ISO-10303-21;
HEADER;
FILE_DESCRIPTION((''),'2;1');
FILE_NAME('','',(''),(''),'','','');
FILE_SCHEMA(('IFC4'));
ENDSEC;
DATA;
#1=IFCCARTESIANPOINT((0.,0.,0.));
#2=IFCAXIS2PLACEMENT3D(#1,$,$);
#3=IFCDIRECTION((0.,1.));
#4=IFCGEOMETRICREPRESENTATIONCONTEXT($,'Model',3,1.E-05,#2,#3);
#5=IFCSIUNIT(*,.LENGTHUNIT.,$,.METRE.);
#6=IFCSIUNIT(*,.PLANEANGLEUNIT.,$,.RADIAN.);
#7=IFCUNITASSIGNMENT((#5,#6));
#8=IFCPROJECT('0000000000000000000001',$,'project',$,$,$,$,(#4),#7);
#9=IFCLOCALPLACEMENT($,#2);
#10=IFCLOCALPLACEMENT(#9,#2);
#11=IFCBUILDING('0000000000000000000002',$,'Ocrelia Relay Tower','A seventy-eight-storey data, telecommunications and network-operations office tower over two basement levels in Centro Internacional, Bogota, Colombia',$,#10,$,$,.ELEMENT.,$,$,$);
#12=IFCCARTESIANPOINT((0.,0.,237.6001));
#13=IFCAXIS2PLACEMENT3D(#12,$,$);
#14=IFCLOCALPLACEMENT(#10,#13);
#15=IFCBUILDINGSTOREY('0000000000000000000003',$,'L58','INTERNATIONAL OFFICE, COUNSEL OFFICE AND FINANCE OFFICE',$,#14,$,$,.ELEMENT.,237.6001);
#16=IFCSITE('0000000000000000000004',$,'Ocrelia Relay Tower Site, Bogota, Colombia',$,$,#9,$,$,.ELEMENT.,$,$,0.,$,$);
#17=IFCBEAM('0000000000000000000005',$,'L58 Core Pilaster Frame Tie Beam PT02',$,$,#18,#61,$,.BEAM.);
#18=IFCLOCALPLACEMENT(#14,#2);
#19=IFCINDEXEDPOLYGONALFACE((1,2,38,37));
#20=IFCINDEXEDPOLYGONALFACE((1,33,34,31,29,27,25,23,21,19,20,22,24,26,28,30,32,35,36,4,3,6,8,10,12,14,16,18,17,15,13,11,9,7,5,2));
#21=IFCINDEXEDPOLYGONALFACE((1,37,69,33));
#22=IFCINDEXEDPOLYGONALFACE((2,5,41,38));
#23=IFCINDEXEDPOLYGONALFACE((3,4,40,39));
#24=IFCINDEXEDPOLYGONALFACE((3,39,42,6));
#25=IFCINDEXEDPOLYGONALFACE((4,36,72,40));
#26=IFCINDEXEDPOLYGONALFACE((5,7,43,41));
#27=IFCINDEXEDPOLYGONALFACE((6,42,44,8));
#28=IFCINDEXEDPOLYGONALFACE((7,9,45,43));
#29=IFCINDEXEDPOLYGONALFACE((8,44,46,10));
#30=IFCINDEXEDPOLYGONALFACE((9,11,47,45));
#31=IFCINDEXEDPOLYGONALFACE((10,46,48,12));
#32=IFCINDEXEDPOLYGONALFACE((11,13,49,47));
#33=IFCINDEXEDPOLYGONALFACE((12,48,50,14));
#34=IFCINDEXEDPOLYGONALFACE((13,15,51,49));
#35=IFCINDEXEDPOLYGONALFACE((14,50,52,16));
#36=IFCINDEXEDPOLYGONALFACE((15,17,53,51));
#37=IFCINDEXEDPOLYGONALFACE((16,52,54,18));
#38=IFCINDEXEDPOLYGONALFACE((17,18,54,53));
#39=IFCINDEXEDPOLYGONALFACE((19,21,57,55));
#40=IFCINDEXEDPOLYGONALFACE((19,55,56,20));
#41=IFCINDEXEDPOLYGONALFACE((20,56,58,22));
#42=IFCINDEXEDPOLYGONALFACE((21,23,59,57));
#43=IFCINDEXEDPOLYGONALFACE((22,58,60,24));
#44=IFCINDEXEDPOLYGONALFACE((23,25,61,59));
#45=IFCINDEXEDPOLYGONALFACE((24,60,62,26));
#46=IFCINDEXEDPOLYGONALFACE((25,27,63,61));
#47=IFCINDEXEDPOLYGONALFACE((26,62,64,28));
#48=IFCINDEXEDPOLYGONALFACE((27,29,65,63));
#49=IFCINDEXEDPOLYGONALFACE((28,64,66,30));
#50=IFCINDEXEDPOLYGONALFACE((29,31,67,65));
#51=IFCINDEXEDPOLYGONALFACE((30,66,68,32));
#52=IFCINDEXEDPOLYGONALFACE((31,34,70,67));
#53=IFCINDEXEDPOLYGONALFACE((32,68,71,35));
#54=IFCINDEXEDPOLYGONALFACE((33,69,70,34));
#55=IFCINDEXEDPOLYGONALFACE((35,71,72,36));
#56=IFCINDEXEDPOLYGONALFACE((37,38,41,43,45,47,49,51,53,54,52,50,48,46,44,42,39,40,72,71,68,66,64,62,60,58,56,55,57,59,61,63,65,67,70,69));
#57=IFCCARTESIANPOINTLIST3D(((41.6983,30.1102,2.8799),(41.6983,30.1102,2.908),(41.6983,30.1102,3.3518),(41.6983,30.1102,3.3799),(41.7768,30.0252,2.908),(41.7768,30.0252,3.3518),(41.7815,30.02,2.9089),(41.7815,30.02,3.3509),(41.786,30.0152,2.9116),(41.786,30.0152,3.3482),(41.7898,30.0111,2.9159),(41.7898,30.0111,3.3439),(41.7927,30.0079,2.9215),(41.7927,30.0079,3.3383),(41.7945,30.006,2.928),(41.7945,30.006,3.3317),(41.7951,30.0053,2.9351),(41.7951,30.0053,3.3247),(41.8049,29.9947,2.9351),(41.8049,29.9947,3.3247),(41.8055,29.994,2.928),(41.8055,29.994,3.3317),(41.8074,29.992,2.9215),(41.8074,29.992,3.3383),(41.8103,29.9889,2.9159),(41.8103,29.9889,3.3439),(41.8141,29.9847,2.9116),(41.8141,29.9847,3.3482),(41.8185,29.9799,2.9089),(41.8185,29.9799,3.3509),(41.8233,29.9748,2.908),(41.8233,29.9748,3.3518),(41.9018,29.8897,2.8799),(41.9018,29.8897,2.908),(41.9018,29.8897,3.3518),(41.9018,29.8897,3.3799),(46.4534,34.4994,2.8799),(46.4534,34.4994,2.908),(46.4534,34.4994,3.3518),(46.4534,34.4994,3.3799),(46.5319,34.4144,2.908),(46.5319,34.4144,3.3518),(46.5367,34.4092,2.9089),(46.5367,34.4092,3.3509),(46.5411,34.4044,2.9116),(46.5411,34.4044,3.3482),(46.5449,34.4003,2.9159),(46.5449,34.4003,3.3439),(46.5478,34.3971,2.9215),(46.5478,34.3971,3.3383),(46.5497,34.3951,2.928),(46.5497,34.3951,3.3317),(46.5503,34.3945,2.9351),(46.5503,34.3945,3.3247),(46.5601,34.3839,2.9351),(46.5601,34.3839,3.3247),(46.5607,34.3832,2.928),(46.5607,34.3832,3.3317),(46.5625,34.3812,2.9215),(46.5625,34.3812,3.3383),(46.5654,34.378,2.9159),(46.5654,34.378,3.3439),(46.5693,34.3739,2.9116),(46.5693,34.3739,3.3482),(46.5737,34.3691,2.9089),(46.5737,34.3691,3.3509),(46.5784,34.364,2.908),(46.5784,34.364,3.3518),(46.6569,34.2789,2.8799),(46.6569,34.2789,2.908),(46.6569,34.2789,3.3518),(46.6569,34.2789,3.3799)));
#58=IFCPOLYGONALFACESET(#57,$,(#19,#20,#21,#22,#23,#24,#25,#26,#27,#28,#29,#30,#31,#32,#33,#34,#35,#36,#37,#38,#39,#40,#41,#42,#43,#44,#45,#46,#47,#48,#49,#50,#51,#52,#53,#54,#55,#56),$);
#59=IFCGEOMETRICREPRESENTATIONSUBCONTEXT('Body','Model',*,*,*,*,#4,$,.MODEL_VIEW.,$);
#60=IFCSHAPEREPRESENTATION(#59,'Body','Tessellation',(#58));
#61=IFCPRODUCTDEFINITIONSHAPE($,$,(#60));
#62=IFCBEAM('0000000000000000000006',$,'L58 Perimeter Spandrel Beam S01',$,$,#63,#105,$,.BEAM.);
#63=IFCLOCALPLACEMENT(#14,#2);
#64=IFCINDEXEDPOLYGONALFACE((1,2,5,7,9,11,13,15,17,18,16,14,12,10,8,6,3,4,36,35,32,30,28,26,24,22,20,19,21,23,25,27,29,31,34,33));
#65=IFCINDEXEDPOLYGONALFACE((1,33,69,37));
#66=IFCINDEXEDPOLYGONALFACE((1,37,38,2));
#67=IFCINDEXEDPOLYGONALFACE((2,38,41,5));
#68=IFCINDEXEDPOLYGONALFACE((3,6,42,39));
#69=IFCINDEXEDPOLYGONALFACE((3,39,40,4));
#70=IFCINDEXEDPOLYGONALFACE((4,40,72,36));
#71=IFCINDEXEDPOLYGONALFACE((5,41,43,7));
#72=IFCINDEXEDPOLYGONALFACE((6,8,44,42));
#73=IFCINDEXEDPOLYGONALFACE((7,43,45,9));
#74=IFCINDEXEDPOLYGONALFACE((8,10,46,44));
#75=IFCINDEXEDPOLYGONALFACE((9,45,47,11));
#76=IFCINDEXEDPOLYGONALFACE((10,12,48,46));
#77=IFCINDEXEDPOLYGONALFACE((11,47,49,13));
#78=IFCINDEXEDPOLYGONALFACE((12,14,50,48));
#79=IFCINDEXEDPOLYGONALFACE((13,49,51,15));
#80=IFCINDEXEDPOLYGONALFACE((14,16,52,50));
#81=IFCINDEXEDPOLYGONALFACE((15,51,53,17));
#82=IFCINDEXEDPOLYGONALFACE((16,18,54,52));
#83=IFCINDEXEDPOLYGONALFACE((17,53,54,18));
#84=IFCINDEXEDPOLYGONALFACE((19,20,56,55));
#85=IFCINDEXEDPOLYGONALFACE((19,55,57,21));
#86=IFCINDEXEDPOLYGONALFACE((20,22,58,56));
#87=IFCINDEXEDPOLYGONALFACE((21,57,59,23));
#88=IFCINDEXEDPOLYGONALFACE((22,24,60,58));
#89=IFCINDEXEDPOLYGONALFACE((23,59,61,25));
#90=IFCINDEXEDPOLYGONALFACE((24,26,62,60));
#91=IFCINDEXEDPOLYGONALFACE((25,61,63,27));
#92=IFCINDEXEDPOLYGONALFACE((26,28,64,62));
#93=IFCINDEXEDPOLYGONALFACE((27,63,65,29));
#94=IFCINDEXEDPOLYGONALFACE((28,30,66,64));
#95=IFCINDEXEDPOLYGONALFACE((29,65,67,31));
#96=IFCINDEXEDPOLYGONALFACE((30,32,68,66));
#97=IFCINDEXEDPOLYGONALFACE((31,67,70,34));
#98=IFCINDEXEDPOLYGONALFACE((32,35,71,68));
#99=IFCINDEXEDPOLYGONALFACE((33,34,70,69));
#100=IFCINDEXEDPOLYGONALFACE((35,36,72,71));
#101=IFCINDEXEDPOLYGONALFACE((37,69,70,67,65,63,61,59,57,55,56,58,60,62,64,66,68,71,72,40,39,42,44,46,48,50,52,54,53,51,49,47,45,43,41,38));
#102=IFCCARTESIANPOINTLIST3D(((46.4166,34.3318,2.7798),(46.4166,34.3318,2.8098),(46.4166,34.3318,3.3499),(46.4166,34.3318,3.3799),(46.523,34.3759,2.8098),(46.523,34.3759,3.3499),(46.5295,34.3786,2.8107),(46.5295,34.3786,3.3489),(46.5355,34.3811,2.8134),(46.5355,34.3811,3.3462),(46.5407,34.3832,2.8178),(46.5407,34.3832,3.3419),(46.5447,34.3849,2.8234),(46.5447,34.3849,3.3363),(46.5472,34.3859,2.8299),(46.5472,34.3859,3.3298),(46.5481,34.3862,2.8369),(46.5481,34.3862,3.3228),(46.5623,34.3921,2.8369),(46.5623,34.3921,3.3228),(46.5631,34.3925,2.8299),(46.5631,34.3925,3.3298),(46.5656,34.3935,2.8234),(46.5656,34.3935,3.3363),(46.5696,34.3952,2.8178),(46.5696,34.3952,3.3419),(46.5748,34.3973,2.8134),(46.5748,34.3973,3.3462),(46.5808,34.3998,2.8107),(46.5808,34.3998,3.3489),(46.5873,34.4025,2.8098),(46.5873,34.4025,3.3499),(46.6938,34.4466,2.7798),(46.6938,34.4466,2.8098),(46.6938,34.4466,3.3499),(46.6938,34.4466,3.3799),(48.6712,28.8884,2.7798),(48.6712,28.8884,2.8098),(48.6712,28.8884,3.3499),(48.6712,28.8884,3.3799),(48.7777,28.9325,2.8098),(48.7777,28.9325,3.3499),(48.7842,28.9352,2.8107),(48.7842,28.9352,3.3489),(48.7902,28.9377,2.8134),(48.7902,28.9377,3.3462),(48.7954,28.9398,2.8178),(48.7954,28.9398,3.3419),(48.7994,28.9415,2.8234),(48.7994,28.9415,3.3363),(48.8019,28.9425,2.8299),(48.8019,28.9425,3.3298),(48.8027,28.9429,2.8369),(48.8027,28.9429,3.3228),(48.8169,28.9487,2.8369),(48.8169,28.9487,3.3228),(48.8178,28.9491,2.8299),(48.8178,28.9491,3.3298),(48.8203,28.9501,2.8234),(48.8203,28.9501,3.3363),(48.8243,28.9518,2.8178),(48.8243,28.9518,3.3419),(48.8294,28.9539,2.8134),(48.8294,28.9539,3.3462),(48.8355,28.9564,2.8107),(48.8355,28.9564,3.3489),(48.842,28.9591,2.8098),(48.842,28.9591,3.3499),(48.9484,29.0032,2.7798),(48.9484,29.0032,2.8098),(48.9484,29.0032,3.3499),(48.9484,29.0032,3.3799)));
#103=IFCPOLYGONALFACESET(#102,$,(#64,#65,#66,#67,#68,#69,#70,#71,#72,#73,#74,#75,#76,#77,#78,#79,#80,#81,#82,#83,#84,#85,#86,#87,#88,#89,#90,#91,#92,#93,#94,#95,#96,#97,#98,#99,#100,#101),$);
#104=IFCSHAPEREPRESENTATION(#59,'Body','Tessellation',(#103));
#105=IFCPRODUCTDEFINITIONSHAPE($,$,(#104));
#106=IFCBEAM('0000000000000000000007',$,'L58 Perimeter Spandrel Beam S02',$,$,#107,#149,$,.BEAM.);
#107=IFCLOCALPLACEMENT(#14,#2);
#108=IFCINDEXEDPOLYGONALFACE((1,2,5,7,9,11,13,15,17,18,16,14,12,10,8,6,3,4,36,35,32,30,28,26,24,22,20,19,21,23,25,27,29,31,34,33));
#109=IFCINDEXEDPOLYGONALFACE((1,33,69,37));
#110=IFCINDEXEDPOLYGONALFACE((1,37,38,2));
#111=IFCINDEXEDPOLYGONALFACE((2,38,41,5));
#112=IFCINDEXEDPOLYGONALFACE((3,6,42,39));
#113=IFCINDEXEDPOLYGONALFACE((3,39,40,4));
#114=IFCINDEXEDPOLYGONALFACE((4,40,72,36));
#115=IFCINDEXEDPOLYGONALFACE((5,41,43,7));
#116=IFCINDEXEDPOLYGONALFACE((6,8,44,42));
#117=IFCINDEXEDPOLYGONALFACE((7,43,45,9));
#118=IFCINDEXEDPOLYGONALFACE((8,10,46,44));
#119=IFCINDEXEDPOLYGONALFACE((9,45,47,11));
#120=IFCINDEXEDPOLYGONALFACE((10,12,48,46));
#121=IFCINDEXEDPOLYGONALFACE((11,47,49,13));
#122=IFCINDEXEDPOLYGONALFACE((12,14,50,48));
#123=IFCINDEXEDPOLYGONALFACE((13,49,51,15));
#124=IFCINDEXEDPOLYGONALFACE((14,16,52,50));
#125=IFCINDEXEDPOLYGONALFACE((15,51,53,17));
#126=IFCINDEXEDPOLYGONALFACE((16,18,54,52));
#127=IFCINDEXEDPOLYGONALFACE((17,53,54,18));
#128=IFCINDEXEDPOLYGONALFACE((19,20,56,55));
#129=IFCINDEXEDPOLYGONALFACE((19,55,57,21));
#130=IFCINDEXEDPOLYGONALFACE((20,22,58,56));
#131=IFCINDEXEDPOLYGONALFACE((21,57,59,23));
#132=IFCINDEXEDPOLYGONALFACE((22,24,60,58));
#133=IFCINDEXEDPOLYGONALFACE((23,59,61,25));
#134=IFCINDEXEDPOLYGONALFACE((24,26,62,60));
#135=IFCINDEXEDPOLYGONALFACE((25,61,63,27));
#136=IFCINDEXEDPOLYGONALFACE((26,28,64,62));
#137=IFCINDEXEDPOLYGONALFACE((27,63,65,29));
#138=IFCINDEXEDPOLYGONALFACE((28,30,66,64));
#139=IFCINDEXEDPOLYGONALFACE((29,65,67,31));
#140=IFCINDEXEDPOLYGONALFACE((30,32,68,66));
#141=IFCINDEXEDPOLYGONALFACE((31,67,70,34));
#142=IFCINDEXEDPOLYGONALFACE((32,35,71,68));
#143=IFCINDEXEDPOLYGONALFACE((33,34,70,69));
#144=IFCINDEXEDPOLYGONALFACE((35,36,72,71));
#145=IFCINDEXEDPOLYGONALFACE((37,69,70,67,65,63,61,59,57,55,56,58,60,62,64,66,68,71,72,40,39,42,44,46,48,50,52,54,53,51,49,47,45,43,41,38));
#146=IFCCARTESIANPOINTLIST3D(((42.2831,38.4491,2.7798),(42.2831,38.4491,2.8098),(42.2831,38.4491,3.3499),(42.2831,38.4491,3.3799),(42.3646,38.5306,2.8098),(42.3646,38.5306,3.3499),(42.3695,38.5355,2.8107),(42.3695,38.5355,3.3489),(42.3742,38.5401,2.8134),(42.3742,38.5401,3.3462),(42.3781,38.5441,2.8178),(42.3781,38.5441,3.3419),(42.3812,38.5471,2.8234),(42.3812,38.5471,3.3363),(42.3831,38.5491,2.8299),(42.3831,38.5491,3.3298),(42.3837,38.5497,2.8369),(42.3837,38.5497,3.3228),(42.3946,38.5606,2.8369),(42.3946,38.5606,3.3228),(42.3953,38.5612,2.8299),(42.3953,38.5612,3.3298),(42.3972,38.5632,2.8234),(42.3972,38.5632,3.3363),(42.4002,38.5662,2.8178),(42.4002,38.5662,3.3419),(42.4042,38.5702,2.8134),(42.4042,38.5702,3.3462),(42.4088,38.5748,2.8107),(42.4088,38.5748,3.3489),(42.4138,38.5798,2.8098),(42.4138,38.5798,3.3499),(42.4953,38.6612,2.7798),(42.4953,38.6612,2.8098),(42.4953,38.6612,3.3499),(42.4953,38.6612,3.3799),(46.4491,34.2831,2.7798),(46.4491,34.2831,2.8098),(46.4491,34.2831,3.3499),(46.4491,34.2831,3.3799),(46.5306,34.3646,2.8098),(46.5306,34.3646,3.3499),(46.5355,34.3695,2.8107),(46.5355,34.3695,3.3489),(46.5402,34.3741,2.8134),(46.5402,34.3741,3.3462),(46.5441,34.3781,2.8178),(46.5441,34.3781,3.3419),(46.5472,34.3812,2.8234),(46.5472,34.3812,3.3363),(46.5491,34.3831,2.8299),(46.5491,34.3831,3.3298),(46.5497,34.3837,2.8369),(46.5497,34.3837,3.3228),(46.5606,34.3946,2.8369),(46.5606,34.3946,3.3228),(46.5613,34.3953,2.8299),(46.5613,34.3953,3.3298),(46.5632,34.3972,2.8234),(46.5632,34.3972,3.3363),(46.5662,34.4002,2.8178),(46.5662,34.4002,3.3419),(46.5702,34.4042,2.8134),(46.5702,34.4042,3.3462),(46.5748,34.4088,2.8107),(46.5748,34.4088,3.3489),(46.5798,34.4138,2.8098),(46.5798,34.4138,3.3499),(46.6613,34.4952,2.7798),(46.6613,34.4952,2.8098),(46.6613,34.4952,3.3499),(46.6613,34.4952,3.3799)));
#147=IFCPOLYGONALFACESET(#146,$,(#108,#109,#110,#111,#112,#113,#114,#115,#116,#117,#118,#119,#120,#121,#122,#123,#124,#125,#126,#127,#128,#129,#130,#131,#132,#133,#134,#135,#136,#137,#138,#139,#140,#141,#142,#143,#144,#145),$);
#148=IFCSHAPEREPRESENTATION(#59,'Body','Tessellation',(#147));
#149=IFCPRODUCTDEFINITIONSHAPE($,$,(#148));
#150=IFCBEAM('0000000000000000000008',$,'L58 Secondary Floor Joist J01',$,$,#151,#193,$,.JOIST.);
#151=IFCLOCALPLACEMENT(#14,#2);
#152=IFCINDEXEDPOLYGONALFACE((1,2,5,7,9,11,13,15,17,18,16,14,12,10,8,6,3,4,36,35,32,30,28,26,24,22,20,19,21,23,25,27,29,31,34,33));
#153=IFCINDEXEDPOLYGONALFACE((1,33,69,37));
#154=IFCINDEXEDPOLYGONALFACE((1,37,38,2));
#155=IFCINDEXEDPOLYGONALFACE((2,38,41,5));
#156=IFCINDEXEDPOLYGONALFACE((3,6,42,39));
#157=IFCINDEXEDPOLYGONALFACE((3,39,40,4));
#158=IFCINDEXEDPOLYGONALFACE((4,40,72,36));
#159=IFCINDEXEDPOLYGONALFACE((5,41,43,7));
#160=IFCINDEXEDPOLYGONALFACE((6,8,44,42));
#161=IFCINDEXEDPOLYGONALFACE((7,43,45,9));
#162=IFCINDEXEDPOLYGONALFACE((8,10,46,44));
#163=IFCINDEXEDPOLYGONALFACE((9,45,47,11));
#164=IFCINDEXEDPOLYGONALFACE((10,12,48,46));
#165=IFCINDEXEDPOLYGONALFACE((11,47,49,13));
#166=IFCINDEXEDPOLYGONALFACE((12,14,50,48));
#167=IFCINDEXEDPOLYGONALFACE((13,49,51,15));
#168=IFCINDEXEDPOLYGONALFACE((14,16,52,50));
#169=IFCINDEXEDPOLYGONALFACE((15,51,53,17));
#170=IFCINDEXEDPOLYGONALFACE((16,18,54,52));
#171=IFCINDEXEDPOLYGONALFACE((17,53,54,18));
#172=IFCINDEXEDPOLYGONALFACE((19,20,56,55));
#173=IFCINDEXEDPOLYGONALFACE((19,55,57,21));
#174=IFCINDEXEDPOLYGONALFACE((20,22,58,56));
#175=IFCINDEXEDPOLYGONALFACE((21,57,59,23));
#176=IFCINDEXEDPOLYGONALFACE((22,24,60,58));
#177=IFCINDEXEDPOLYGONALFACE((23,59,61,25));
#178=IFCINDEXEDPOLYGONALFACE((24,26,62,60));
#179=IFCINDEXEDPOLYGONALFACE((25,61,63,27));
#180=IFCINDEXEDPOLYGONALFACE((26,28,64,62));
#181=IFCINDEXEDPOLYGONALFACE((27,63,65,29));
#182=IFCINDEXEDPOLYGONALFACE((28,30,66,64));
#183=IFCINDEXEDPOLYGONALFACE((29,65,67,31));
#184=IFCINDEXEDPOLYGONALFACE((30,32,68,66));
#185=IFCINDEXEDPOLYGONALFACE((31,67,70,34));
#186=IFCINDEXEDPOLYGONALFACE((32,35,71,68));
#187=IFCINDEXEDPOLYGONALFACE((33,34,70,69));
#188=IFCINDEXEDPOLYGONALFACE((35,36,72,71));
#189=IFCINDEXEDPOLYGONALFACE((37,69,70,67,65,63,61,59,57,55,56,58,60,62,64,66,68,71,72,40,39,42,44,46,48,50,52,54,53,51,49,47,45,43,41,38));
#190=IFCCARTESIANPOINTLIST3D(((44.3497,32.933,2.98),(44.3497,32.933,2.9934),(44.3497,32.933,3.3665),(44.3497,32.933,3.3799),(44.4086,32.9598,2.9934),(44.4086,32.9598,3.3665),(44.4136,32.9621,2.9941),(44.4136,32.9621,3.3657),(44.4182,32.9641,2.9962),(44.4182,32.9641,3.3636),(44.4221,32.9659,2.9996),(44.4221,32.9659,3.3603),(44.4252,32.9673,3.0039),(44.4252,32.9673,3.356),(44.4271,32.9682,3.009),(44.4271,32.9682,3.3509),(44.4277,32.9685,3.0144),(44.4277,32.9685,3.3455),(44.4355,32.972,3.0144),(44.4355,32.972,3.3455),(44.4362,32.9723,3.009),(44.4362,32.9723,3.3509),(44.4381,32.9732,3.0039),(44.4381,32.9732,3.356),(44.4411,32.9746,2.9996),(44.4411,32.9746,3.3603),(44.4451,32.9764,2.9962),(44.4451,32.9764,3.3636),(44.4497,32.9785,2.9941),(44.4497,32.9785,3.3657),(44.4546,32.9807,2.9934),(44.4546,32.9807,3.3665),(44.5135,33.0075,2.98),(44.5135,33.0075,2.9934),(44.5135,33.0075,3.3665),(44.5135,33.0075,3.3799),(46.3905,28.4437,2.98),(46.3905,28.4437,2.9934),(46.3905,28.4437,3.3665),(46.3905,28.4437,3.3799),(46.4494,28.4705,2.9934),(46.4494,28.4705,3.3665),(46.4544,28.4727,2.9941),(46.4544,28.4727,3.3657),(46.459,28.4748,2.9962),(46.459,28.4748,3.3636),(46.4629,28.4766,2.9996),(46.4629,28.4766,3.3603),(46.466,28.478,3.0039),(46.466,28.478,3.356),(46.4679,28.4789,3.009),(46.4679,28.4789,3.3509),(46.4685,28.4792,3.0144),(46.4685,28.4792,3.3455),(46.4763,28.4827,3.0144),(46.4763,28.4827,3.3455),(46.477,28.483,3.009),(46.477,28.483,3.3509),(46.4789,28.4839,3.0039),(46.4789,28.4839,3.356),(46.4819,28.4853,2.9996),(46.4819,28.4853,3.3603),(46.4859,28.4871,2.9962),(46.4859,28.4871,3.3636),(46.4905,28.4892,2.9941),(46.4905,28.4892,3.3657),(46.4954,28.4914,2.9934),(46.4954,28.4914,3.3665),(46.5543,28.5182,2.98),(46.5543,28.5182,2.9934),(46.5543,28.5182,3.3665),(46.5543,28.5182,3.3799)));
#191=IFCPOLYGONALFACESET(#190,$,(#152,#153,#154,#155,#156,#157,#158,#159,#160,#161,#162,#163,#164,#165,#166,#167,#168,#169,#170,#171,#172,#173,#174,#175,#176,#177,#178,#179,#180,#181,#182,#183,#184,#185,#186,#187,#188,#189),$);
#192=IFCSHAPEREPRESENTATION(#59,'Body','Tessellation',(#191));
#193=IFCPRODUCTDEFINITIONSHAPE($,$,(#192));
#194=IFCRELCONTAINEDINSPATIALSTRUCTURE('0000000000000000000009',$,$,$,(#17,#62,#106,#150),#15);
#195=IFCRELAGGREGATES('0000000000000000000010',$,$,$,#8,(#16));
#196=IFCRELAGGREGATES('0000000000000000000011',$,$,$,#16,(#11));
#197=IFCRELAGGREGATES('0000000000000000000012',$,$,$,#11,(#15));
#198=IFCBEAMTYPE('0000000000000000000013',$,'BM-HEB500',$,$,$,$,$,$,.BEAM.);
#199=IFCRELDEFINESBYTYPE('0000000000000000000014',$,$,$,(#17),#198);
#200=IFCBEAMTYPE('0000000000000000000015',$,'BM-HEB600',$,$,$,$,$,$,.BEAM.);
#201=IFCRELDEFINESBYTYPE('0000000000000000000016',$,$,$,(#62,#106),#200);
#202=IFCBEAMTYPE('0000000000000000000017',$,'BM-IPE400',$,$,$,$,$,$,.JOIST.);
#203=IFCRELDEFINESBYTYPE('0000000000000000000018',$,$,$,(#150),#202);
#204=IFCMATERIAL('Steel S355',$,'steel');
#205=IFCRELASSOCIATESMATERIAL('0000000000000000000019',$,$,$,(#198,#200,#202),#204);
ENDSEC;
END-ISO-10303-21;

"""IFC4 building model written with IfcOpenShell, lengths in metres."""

from ifc_helpers import new_model, si_unit, direction, frame, origin, origin_2d, place, context, subcontext, project, spatial, i_section, extrude, material, material_profile, profile_set, type_object, element, save


model = new_model("IFC4")

# Units and contexts
model_context = context("Model", 3, precision=1e-05, world=origin(), true_north=direction((0.0, 1.0)))
body_context = subcontext(model_context, "Body", "Model", "MODEL_VIEW")
ifc_project = project(units=[si_unit("LENGTHUNIT", "METRE"), si_unit("PLANEANGLEUNIT", "RADIAN")], contexts=[model_context])

# Site, building, storey
site_placement = place(None, origin())
site = spatial("IfcSite", under=ifc_project, at=site_placement, Name="Ocrelia Relay Tower Site, Bogota, Colombia", CompositionType="ELEMENT", RefElevation=0.0)
building_placement = place(site_placement, origin())
building = spatial("IfcBuilding", under=site, at=building_placement, Name="Ocrelia Relay Tower", Description="A seventy-eight-storey data, telecommunications and network-operations office tower over two basement levels in Centro Internacional, Bogota, Colombia", CompositionType="ELEMENT")
storey_placement = place(building_placement, frame((0.0, 0.0, 237.6001)))
storey = spatial("IfcBuildingStorey", under=building, at=storey_placement, Name="L58", Description="INTERNATIONAL OFFICE, COUNSEL OFFICE AND FINANCE OFFICE", CompositionType="ELEMENT", Elevation=237.6001)

# Beams
ifc_material_1 = material(Name="Steel S355", Category="steel")
ifc_material_profile_1 = material_profile(ifc_material_1, i_section(OverallWidth=0.3, OverallDepth=0.5, WebThickness=0.0144, FlangeThickness=0.0281, FilletRadius=0.0271, at=origin_2d()), Name="HEB 500")
ifc_profile_set_1 = profile_set([ifc_material_profile_1], Name="Steel S355")
beam_type_1 = type_object("IfcBeamType", Name="BM-HEB500", PredefinedType="BEAM", material=ifc_profile_set_1)
beam_1_placement = place(storey_placement, frame((46.5552, 34.3892, 3.1299), z_axis=(-0.734818, -0.678264, 0.0), x_axis=(0.678264, -0.734818, 0.0)))
element("IfcBeam", 1, at=beam_1_placement, inside=storey, type_object=beam_type_1, Name="L58 Core Pilaster Frame Tie Beam PT02", PredefinedType="BEAM", context=body_context, shape_type="SweptSolid", body=[
    extrude(i_section(OverallWidth=0.3, OverallDepth=0.5, WebThickness=0.0144, FlangeThickness=0.0281, FilletRadius=0.0271, at=origin_2d()), origin(), (0.0, 0.0, 1.0), 6.4712),
])
ifc_material_profile_2 = material_profile(ifc_material_1, i_section(OverallWidth=0.3, OverallDepth=0.6001, WebThickness=0.0154, FlangeThickness=0.03, FilletRadius=0.0271, at=origin_2d()), Name="HEB 600")
ifc_profile_set_2 = profile_set([ifc_material_profile_2], Name="Steel S355")
beam_type_2 = type_object("IfcBeamType", Name="BM-HEB600", PredefinedType="BEAM", material=ifc_profile_set_2)
beam_2_placement = place(storey_placement, frame((48.8098, 28.9458, 3.0798), z_axis=(-0.382673, 0.923884, 0.0), x_axis=(-0.923884, -0.382673, 0.0)))
element("IfcBeam", 2, at=beam_2_placement, inside=storey, type_object=beam_type_2, Name="L58 Perimeter Spandrel Beam S01", PredefinedType="BEAM", context=body_context, shape_type="SweptSolid", body=[
    extrude(i_section(OverallWidth=0.3, OverallDepth=0.6001, WebThickness=0.0154, FlangeThickness=0.03, FilletRadius=0.0271, at=origin_2d()), origin(), (0.0, 0.0, 1.0), 5.8918),
])
beam_3_placement = place(storey_placement, frame((46.5552, 34.3892, 3.0798), z_axis=(-0.707107, 0.707107, 0.0), x_axis=(-0.707107, -0.707107, 0.0)))
element("IfcBeam", 3, at=beam_3_placement, inside=storey, type_object=beam_type_2, Name="L58 Perimeter Spandrel Beam S02", PredefinedType="BEAM", context=body_context, shape_type="SweptSolid", body=[
    extrude(i_section(OverallWidth=0.3, OverallDepth=0.6001, WebThickness=0.0154, FlangeThickness=0.03, FilletRadius=0.0271, at=origin_2d()), origin(), (0.0, 0.0, 1.0), 5.8916),
])
ifc_material_profile_3 = material_profile(ifc_material_1, i_section(OverallWidth=0.1799, OverallDepth=0.3999, WebThickness=0.0085, FlangeThickness=0.0134, FilletRadius=0.021, at=origin_2d()), Name="IPE 400")
ifc_profile_set_3 = profile_set([ifc_material_profile_3], Name="Steel S355")
beam_type_3 = type_object("IfcBeamType", Name="BM-IPE400", PredefinedType="JOIST", material=ifc_profile_set_3)
beam_4_placement = place(storey_placement, frame((46.4724, 28.481, 3.1799), z_axis=(-0.413837, 0.910351, 0.0), x_axis=(-0.910351, -0.413837, 0.0)))
element("IfcBeam", 4, at=beam_4_placement, inside=storey, type_object=beam_type_3, Name="L58 Secondary Floor Joist J01", PredefinedType="JOIST", context=body_context, shape_type="SweptSolid", body=[
    extrude(i_section(OverallWidth=0.1799, OverallDepth=0.3999, WebThickness=0.0085, FlangeThickness=0.0134, FilletRadius=0.021, at=origin_2d()), origin(), (0.0, 0.0, 1.0), 4.9314),
])

save(model, "model.ifc")
